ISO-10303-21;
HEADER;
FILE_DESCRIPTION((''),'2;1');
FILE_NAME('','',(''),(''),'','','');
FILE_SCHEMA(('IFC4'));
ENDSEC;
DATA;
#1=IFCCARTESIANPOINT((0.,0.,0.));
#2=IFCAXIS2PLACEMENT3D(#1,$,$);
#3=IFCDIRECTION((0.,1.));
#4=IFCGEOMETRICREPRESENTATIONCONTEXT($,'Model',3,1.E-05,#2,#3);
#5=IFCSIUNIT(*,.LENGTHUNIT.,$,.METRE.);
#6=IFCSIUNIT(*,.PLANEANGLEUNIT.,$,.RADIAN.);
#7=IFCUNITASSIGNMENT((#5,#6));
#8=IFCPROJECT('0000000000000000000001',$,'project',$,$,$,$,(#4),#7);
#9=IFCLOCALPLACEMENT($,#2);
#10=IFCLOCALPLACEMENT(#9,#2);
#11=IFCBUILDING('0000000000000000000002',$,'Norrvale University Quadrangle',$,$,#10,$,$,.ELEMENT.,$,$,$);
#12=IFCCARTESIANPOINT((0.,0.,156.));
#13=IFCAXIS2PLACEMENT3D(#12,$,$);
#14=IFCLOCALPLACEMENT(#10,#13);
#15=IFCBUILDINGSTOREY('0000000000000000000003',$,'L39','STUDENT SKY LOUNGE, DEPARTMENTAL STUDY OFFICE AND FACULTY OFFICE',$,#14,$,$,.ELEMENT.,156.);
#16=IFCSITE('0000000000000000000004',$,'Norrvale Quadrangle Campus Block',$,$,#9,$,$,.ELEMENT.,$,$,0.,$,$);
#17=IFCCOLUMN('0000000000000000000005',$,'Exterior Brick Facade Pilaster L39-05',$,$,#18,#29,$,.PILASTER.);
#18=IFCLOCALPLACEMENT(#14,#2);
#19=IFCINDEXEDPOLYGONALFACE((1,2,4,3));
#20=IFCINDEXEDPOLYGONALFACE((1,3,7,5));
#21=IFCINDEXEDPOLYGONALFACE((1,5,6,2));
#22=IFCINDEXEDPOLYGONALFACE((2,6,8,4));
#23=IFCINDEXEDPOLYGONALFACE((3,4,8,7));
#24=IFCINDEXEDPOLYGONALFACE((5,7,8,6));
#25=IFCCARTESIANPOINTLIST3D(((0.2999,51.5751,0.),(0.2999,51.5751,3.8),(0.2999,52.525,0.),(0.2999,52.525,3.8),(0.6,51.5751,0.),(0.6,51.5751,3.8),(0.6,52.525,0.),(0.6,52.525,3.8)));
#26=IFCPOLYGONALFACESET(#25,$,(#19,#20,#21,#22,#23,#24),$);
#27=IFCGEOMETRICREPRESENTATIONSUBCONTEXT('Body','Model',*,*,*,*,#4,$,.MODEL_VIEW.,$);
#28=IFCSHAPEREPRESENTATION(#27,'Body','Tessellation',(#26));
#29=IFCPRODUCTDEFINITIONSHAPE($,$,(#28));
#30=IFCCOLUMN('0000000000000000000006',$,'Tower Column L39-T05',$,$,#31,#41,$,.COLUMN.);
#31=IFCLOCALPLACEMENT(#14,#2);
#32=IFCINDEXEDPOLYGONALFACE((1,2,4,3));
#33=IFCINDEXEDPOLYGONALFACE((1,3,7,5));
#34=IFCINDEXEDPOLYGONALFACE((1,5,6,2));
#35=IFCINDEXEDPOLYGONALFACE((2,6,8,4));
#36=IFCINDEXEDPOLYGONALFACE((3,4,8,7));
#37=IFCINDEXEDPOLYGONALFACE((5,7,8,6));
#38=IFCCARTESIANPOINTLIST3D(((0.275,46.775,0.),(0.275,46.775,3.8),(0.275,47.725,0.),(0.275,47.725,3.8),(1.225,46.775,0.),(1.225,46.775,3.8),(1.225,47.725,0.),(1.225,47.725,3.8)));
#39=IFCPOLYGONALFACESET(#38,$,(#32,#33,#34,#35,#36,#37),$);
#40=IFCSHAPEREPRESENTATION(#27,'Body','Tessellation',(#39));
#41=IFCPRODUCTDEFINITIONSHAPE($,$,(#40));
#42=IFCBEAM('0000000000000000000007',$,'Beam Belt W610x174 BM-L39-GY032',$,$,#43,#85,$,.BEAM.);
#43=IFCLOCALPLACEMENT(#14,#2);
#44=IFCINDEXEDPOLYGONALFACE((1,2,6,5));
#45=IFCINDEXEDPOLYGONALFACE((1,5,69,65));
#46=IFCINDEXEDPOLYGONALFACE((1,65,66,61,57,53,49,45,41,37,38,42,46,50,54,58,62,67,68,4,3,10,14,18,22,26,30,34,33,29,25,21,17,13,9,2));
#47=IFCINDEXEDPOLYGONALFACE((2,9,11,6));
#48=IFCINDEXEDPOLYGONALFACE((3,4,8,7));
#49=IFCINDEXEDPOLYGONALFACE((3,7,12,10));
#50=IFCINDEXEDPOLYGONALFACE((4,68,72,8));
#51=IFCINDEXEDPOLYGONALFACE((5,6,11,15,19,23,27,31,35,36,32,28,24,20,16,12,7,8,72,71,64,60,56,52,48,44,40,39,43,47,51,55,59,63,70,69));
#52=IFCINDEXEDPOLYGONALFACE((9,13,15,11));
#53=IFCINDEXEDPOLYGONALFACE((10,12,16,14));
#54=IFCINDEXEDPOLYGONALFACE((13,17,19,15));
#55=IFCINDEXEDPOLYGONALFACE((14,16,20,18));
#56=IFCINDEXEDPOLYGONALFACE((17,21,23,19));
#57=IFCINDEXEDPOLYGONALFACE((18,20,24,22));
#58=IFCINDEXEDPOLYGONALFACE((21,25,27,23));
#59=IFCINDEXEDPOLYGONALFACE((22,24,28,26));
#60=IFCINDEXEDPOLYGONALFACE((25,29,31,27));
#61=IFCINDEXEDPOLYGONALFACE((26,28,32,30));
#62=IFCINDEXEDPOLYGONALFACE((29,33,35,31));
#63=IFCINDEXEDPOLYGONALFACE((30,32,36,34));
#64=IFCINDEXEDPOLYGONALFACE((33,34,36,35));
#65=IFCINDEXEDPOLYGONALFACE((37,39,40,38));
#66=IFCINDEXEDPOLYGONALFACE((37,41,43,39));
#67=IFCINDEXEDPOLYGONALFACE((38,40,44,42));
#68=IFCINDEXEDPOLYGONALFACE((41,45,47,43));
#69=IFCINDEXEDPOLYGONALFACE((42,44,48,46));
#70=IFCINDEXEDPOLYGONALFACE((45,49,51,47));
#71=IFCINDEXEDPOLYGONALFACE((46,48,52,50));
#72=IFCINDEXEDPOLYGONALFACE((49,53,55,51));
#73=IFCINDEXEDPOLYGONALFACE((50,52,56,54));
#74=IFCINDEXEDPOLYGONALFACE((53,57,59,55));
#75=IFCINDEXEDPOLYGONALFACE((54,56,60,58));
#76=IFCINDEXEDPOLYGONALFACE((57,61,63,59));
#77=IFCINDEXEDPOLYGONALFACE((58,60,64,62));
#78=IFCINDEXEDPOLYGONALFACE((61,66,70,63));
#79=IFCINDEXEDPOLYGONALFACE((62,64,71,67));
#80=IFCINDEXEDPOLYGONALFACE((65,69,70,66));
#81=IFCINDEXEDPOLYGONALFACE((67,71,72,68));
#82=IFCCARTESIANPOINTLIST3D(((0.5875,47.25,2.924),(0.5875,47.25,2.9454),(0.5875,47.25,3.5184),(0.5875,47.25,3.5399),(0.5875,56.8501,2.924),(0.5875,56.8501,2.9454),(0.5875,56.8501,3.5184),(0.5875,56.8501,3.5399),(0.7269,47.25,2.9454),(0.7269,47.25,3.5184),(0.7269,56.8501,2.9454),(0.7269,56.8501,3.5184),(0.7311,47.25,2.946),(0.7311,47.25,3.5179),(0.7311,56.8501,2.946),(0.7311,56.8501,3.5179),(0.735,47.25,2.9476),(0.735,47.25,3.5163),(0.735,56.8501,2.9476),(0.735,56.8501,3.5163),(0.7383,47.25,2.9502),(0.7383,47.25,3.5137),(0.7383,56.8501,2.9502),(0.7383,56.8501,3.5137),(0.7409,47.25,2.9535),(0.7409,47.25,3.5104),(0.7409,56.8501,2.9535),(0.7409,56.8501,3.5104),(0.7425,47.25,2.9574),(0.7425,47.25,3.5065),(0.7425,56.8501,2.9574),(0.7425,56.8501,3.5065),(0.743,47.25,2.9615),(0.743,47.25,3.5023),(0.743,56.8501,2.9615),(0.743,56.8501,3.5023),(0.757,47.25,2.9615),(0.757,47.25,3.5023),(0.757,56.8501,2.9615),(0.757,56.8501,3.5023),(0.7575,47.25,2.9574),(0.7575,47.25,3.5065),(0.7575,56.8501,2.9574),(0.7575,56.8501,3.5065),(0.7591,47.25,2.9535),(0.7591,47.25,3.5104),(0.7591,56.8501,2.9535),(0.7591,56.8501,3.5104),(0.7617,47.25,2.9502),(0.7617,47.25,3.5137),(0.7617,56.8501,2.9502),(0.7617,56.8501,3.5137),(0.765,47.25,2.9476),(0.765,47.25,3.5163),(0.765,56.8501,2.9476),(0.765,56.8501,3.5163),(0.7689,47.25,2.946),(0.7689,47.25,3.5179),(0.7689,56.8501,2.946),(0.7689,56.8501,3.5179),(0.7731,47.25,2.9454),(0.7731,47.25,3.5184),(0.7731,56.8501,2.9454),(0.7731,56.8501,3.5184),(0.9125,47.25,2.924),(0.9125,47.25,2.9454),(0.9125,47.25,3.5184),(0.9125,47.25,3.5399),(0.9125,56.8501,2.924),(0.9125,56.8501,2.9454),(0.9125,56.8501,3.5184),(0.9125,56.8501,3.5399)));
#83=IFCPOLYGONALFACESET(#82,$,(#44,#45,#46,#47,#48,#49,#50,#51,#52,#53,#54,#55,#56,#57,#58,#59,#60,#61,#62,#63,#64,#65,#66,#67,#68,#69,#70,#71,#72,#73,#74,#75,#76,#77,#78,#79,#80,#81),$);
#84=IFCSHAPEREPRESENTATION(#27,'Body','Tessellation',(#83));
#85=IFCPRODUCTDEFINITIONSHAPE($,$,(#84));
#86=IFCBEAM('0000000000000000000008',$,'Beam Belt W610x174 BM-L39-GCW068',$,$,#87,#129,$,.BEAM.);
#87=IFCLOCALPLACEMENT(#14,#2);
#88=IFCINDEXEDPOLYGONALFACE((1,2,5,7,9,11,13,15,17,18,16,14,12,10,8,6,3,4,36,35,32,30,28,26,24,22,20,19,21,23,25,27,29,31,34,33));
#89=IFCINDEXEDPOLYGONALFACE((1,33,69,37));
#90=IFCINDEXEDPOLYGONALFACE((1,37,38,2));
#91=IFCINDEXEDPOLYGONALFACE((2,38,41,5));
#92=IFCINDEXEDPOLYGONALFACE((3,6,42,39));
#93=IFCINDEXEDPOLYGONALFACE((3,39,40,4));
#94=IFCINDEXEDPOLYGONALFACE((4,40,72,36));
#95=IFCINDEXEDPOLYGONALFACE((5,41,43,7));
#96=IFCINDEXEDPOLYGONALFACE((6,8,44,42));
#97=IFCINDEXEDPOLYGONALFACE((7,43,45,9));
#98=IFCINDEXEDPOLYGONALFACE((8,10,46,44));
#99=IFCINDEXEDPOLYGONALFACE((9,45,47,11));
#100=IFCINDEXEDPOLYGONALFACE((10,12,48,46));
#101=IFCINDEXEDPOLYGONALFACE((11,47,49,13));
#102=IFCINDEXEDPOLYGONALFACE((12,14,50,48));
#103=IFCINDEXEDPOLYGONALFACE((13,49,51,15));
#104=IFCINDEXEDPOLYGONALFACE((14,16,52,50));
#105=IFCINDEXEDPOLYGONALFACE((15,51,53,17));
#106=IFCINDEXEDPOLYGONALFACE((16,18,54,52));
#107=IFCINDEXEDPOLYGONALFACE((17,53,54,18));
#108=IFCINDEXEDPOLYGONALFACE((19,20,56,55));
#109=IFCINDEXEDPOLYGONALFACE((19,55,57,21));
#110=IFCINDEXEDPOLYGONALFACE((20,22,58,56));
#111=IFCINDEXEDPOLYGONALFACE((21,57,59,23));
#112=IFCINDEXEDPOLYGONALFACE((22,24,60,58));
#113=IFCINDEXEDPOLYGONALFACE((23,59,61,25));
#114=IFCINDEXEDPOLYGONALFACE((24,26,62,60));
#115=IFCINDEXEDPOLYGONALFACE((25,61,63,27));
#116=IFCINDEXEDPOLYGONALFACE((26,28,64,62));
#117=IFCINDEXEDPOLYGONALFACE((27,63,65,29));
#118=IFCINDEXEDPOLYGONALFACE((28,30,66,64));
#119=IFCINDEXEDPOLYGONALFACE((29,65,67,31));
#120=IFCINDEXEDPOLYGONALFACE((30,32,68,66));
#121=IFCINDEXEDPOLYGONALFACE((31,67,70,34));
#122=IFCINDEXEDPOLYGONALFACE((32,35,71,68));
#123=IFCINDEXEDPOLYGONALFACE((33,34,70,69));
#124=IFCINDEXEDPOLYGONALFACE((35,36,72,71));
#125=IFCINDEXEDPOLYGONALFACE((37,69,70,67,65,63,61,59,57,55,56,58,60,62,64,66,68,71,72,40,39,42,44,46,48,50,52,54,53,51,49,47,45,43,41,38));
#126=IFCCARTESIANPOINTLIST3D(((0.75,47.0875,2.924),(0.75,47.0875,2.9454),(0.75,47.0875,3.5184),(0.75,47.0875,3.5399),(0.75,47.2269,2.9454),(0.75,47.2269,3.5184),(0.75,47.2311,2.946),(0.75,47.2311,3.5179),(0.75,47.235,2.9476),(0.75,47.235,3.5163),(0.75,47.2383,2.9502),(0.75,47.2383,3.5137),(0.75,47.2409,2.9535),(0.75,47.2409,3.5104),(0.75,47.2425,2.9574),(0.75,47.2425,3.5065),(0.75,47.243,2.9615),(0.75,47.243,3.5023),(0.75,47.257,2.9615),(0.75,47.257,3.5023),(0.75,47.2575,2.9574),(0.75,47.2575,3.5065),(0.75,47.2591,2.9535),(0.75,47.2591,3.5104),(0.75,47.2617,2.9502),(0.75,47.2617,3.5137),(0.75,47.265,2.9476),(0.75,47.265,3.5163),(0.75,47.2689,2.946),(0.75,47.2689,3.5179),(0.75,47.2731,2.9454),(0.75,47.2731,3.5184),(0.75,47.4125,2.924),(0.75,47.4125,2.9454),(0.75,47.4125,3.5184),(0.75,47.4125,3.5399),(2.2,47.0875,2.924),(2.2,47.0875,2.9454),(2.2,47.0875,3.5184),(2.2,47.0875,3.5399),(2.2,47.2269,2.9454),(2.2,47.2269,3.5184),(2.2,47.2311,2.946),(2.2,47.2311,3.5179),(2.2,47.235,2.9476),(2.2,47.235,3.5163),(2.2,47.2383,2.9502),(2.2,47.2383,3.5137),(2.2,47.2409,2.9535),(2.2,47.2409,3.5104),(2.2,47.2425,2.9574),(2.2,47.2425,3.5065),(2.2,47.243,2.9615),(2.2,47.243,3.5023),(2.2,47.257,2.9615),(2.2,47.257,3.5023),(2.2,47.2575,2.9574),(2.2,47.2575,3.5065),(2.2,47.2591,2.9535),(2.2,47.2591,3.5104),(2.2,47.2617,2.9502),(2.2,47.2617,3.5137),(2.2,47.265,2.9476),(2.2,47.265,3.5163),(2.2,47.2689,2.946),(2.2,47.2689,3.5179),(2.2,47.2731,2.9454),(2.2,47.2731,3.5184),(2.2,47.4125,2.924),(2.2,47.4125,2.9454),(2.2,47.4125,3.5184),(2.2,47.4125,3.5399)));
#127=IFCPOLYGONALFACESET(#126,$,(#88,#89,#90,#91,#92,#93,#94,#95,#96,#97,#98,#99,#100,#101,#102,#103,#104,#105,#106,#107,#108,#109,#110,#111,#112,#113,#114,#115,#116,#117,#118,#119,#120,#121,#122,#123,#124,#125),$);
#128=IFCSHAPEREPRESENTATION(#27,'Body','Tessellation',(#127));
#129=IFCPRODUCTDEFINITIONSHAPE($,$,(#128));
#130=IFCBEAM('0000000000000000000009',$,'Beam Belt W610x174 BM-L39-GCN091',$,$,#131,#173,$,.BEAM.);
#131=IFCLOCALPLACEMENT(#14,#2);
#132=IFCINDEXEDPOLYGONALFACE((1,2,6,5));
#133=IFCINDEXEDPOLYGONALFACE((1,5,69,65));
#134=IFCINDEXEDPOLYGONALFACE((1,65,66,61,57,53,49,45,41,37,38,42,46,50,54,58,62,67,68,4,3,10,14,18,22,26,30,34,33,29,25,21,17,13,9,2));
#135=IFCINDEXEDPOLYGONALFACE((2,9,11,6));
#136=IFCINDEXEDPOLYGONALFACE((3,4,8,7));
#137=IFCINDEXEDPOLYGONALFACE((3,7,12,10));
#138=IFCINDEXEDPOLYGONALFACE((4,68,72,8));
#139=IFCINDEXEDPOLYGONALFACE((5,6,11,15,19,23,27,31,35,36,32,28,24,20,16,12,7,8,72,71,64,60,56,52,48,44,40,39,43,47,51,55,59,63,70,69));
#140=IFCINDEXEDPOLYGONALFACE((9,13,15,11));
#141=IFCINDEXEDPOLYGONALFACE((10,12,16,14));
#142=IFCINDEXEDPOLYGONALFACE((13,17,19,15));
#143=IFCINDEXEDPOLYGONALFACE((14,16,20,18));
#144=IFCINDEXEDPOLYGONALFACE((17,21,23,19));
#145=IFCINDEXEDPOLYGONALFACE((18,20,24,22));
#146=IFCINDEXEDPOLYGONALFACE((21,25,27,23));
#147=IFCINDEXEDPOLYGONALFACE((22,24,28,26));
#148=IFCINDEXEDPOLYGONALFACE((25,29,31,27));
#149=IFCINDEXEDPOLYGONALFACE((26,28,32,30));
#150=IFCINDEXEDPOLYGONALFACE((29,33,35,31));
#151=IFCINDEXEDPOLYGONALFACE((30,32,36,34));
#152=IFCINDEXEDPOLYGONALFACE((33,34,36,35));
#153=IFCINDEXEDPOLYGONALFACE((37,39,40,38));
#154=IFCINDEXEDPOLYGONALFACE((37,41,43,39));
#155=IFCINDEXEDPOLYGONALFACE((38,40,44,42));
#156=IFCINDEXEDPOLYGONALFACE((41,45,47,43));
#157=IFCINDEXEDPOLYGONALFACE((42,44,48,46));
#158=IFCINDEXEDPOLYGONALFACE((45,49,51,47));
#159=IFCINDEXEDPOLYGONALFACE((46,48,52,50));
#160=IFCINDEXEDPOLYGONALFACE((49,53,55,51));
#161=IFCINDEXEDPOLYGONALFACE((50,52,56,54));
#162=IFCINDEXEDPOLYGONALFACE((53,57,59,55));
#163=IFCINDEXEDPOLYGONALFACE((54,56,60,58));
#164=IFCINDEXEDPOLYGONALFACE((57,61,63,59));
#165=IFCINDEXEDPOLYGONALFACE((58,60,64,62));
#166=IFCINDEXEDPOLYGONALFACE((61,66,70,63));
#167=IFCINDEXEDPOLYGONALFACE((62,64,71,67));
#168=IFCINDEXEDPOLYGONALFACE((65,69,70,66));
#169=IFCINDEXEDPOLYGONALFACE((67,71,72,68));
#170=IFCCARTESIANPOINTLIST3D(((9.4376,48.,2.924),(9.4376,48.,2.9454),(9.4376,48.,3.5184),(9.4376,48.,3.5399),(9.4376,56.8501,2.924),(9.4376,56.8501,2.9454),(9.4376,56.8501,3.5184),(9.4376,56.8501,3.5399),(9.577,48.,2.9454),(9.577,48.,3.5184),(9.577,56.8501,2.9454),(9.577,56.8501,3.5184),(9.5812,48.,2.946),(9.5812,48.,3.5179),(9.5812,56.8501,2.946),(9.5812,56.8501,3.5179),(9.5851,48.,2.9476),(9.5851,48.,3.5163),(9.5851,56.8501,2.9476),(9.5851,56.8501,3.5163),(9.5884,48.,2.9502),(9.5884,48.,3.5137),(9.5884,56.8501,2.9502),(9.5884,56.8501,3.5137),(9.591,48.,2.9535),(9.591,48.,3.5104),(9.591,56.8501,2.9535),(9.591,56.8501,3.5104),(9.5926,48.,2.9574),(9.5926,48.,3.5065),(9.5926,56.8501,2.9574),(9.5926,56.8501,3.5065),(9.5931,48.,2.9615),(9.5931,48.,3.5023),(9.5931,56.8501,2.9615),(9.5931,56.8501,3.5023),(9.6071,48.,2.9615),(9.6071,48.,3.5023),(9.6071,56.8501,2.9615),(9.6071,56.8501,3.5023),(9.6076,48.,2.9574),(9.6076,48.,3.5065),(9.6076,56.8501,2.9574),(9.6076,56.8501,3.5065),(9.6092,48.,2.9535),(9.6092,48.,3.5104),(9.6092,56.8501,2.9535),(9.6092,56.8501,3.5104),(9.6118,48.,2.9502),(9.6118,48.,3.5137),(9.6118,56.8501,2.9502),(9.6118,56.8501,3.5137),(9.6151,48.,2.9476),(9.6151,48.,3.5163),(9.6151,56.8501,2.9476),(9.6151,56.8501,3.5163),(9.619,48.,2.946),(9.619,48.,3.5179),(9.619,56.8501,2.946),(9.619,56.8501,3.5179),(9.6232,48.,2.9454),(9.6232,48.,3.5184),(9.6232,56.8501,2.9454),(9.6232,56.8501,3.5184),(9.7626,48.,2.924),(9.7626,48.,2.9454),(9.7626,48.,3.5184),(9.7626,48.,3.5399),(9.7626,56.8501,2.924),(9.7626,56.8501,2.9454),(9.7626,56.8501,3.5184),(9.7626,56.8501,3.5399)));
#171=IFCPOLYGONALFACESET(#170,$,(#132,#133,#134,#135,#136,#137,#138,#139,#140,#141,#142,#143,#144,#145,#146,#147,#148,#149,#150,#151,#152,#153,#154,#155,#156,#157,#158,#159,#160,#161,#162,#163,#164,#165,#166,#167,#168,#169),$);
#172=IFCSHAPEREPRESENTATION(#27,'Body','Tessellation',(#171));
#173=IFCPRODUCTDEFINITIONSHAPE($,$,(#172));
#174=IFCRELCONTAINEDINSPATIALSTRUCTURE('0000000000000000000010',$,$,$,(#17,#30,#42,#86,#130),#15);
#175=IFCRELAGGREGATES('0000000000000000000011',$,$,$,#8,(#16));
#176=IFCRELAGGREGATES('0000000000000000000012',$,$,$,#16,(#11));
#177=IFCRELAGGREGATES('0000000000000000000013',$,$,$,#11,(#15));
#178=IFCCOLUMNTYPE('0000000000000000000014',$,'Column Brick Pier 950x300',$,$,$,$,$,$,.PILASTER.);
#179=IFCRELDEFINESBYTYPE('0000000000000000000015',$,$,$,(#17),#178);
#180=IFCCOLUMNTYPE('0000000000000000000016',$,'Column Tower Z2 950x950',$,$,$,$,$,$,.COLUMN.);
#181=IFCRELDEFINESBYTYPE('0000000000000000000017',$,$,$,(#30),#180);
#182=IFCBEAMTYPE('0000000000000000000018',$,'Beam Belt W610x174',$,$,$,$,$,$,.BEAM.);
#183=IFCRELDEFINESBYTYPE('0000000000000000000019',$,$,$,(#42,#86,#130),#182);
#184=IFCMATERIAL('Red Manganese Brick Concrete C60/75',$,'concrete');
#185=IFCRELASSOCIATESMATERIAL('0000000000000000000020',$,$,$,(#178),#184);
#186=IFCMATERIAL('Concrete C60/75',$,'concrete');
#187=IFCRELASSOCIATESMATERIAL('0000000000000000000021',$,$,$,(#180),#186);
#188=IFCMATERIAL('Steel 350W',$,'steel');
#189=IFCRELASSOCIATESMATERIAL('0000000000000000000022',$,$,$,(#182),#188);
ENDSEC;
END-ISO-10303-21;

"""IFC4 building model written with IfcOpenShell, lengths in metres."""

from ifc_helpers import new_model, si_unit, direction, frame, origin, origin_2d, place, context, subcontext, project, spatial, rectangle, i_section, extrude, material, material_profile, profile_set, type_object, element, save


model = new_model("IFC4")

# Units and contexts
model_context = context("Model", 3, precision=1e-05, world=origin(), true_north=direction((0.0, 1.0)))
body_context = subcontext(model_context, "Body", "Model", "MODEL_VIEW")
ifc_project = project(units=[si_unit("LENGTHUNIT", "METRE"), si_unit("PLANEANGLEUNIT", "RADIAN")], contexts=[model_context])

# Site, building, storey
site_placement = place(None, origin())
site = spatial("IfcSite", under=ifc_project, at=site_placement, Name="Norrvale Quadrangle Campus Block", CompositionType="ELEMENT", RefElevation=0.0)
building_placement = place(site_placement, origin())
building = spatial("IfcBuilding", under=site, at=building_placement, Name="Norrvale University Quadrangle", CompositionType="ELEMENT")
storey_placement = place(building_placement, frame((0.0, 0.0, 156.0)))
storey = spatial("IfcBuildingStorey", under=building, at=storey_placement, Name="L39", Description="STUDENT SKY LOUNGE, DEPARTMENTAL STUDY OFFICE AND FACULTY OFFICE", CompositionType="ELEMENT", Elevation=156.0)

# Columns
ifc_material_1 = material(Name="Red Manganese Brick Concrete C60/75", Category="concrete")
ifc_material_profile_1 = material_profile(ifc_material_1, rectangle(XDim=0.95, YDim=0.3, at=origin_2d()), Name="Red Manganese Brick Concrete C60/75")
ifc_profile_set_1 = profile_set([ifc_material_profile_1], Name="Red Manganese Brick Concrete C60/75")
column_type_1 = type_object("IfcColumnType", Name="Column Brick Pier 950x300", PredefinedType="PILASTER", material=ifc_profile_set_1)
column_1_placement = place(storey_placement, frame((0.45, 52.05, 0.0), z_axis=(0.0, 0.0, 1.0), x_axis=(0.0, 1.0, 0.0)))
element("IfcColumn", 1, at=column_1_placement, inside=storey, type_object=column_type_1, Name="Exterior Brick Facade Pilaster L39-05", PredefinedType="PILASTER", context=body_context, shape_type="SweptSolid", body=[
    extrude(rectangle(XDim=0.95, YDim=0.3, at=origin_2d()), origin(), (0.0, 0.0, 1.0), 3.8),
])
ifc_material_2 = material(Name="Concrete C60/75", Category="concrete")
ifc_material_profile_2 = material_profile(ifc_material_2, rectangle(XDim=0.95, YDim=0.95, at=origin_2d()), Name="Concrete C60/75")
ifc_profile_set_2 = profile_set([ifc_material_profile_2], Name="Concrete C60/75")
column_type_2 = type_object("IfcColumnType", Name="Column Tower Z2 950x950", PredefinedType="COLUMN", material=ifc_profile_set_2)
column_2_placement = place(storey_placement, frame((0.75, 47.25, 0.0), z_axis=(0.0, 0.0, 1.0), x_axis=(1.0, 0.0, 0.0)))
element("IfcColumn", 2, at=column_2_placement, inside=storey, type_object=column_type_2, Name="Tower Column L39-T05", PredefinedType="COLUMN", context=body_context, shape_type="SweptSolid", body=[
    extrude(rectangle(XDim=0.95, YDim=0.95, at=origin_2d()), origin(), (0.0, 0.0, 1.0), 3.8),
])

# Beams
ifc_material_3 = material(Name="Steel 350W", Category="steel")
ifc_material_profile_3 = material_profile(ifc_material_3, i_section(OverallWidth=0.325, OverallDepth=0.616, WebThickness=0.0139, FlangeThickness=0.0215, FilletRadius=0.0161, at=origin_2d()), Name="Steel 350W")
ifc_profile_set_3 = profile_set([ifc_material_profile_3], Name="Steel 350W")
beam_type_1 = type_object("IfcBeamType", Name="Beam Belt W610x174", PredefinedType="BEAM", material=ifc_profile_set_3)
beam_1_placement = place(storey_placement, frame((0.75, 47.25, 3.2319), z_axis=(0.0, 1.0, 0.0), x_axis=(-1.0, 0.0, 0.0)))
element("IfcBeam", 3, at=beam_1_placement, inside=storey, type_object=beam_type_1, Name="Beam Belt W610x174 BM-L39-GY032", PredefinedType="BEAM", context=body_context, shape_type="SweptSolid", body=[
    extrude(i_section(OverallWidth=0.325, OverallDepth=0.616, WebThickness=0.0139, FlangeThickness=0.0215, FilletRadius=0.0161, at=origin_2d()), origin(), (0.0, 0.0, 1.0), 9.6001),
])
beam_2_placement = place(storey_placement, frame((0.75, 47.25, 3.2319), z_axis=(1.0, 0.0, 0.0), x_axis=(0.0, 1.0, 0.0)))
element("IfcBeam", 4, at=beam_2_placement, inside=storey, type_object=beam_type_1, Name="Beam Belt W610x174 BM-L39-GCW068", PredefinedType="BEAM", context=body_context, shape_type="SweptSolid", body=[
    extrude(i_section(OverallWidth=0.325, OverallDepth=0.616, WebThickness=0.0139, FlangeThickness=0.0215, FilletRadius=0.0161, at=origin_2d()), origin(), (0.0, 0.0, 1.0), 1.45),
])
beam_3_placement = place(storey_placement, frame((9.6001, 48.0, 3.2319), z_axis=(0.0, 1.0, 0.0), x_axis=(-1.0, 0.0, 0.0)))
element("IfcBeam", 5, at=beam_3_placement, inside=storey, type_object=beam_type_1, Name="Beam Belt W610x174 BM-L39-GCN091", PredefinedType="BEAM", context=body_context, shape_type="SweptSolid", body=[
    extrude(i_section(OverallWidth=0.325, OverallDepth=0.616, WebThickness=0.0139, FlangeThickness=0.0215, FilletRadius=0.0161, at=origin_2d()), origin(), (0.0, 0.0, 1.0), 8.8501),
])

save(model, "model.ifc")
